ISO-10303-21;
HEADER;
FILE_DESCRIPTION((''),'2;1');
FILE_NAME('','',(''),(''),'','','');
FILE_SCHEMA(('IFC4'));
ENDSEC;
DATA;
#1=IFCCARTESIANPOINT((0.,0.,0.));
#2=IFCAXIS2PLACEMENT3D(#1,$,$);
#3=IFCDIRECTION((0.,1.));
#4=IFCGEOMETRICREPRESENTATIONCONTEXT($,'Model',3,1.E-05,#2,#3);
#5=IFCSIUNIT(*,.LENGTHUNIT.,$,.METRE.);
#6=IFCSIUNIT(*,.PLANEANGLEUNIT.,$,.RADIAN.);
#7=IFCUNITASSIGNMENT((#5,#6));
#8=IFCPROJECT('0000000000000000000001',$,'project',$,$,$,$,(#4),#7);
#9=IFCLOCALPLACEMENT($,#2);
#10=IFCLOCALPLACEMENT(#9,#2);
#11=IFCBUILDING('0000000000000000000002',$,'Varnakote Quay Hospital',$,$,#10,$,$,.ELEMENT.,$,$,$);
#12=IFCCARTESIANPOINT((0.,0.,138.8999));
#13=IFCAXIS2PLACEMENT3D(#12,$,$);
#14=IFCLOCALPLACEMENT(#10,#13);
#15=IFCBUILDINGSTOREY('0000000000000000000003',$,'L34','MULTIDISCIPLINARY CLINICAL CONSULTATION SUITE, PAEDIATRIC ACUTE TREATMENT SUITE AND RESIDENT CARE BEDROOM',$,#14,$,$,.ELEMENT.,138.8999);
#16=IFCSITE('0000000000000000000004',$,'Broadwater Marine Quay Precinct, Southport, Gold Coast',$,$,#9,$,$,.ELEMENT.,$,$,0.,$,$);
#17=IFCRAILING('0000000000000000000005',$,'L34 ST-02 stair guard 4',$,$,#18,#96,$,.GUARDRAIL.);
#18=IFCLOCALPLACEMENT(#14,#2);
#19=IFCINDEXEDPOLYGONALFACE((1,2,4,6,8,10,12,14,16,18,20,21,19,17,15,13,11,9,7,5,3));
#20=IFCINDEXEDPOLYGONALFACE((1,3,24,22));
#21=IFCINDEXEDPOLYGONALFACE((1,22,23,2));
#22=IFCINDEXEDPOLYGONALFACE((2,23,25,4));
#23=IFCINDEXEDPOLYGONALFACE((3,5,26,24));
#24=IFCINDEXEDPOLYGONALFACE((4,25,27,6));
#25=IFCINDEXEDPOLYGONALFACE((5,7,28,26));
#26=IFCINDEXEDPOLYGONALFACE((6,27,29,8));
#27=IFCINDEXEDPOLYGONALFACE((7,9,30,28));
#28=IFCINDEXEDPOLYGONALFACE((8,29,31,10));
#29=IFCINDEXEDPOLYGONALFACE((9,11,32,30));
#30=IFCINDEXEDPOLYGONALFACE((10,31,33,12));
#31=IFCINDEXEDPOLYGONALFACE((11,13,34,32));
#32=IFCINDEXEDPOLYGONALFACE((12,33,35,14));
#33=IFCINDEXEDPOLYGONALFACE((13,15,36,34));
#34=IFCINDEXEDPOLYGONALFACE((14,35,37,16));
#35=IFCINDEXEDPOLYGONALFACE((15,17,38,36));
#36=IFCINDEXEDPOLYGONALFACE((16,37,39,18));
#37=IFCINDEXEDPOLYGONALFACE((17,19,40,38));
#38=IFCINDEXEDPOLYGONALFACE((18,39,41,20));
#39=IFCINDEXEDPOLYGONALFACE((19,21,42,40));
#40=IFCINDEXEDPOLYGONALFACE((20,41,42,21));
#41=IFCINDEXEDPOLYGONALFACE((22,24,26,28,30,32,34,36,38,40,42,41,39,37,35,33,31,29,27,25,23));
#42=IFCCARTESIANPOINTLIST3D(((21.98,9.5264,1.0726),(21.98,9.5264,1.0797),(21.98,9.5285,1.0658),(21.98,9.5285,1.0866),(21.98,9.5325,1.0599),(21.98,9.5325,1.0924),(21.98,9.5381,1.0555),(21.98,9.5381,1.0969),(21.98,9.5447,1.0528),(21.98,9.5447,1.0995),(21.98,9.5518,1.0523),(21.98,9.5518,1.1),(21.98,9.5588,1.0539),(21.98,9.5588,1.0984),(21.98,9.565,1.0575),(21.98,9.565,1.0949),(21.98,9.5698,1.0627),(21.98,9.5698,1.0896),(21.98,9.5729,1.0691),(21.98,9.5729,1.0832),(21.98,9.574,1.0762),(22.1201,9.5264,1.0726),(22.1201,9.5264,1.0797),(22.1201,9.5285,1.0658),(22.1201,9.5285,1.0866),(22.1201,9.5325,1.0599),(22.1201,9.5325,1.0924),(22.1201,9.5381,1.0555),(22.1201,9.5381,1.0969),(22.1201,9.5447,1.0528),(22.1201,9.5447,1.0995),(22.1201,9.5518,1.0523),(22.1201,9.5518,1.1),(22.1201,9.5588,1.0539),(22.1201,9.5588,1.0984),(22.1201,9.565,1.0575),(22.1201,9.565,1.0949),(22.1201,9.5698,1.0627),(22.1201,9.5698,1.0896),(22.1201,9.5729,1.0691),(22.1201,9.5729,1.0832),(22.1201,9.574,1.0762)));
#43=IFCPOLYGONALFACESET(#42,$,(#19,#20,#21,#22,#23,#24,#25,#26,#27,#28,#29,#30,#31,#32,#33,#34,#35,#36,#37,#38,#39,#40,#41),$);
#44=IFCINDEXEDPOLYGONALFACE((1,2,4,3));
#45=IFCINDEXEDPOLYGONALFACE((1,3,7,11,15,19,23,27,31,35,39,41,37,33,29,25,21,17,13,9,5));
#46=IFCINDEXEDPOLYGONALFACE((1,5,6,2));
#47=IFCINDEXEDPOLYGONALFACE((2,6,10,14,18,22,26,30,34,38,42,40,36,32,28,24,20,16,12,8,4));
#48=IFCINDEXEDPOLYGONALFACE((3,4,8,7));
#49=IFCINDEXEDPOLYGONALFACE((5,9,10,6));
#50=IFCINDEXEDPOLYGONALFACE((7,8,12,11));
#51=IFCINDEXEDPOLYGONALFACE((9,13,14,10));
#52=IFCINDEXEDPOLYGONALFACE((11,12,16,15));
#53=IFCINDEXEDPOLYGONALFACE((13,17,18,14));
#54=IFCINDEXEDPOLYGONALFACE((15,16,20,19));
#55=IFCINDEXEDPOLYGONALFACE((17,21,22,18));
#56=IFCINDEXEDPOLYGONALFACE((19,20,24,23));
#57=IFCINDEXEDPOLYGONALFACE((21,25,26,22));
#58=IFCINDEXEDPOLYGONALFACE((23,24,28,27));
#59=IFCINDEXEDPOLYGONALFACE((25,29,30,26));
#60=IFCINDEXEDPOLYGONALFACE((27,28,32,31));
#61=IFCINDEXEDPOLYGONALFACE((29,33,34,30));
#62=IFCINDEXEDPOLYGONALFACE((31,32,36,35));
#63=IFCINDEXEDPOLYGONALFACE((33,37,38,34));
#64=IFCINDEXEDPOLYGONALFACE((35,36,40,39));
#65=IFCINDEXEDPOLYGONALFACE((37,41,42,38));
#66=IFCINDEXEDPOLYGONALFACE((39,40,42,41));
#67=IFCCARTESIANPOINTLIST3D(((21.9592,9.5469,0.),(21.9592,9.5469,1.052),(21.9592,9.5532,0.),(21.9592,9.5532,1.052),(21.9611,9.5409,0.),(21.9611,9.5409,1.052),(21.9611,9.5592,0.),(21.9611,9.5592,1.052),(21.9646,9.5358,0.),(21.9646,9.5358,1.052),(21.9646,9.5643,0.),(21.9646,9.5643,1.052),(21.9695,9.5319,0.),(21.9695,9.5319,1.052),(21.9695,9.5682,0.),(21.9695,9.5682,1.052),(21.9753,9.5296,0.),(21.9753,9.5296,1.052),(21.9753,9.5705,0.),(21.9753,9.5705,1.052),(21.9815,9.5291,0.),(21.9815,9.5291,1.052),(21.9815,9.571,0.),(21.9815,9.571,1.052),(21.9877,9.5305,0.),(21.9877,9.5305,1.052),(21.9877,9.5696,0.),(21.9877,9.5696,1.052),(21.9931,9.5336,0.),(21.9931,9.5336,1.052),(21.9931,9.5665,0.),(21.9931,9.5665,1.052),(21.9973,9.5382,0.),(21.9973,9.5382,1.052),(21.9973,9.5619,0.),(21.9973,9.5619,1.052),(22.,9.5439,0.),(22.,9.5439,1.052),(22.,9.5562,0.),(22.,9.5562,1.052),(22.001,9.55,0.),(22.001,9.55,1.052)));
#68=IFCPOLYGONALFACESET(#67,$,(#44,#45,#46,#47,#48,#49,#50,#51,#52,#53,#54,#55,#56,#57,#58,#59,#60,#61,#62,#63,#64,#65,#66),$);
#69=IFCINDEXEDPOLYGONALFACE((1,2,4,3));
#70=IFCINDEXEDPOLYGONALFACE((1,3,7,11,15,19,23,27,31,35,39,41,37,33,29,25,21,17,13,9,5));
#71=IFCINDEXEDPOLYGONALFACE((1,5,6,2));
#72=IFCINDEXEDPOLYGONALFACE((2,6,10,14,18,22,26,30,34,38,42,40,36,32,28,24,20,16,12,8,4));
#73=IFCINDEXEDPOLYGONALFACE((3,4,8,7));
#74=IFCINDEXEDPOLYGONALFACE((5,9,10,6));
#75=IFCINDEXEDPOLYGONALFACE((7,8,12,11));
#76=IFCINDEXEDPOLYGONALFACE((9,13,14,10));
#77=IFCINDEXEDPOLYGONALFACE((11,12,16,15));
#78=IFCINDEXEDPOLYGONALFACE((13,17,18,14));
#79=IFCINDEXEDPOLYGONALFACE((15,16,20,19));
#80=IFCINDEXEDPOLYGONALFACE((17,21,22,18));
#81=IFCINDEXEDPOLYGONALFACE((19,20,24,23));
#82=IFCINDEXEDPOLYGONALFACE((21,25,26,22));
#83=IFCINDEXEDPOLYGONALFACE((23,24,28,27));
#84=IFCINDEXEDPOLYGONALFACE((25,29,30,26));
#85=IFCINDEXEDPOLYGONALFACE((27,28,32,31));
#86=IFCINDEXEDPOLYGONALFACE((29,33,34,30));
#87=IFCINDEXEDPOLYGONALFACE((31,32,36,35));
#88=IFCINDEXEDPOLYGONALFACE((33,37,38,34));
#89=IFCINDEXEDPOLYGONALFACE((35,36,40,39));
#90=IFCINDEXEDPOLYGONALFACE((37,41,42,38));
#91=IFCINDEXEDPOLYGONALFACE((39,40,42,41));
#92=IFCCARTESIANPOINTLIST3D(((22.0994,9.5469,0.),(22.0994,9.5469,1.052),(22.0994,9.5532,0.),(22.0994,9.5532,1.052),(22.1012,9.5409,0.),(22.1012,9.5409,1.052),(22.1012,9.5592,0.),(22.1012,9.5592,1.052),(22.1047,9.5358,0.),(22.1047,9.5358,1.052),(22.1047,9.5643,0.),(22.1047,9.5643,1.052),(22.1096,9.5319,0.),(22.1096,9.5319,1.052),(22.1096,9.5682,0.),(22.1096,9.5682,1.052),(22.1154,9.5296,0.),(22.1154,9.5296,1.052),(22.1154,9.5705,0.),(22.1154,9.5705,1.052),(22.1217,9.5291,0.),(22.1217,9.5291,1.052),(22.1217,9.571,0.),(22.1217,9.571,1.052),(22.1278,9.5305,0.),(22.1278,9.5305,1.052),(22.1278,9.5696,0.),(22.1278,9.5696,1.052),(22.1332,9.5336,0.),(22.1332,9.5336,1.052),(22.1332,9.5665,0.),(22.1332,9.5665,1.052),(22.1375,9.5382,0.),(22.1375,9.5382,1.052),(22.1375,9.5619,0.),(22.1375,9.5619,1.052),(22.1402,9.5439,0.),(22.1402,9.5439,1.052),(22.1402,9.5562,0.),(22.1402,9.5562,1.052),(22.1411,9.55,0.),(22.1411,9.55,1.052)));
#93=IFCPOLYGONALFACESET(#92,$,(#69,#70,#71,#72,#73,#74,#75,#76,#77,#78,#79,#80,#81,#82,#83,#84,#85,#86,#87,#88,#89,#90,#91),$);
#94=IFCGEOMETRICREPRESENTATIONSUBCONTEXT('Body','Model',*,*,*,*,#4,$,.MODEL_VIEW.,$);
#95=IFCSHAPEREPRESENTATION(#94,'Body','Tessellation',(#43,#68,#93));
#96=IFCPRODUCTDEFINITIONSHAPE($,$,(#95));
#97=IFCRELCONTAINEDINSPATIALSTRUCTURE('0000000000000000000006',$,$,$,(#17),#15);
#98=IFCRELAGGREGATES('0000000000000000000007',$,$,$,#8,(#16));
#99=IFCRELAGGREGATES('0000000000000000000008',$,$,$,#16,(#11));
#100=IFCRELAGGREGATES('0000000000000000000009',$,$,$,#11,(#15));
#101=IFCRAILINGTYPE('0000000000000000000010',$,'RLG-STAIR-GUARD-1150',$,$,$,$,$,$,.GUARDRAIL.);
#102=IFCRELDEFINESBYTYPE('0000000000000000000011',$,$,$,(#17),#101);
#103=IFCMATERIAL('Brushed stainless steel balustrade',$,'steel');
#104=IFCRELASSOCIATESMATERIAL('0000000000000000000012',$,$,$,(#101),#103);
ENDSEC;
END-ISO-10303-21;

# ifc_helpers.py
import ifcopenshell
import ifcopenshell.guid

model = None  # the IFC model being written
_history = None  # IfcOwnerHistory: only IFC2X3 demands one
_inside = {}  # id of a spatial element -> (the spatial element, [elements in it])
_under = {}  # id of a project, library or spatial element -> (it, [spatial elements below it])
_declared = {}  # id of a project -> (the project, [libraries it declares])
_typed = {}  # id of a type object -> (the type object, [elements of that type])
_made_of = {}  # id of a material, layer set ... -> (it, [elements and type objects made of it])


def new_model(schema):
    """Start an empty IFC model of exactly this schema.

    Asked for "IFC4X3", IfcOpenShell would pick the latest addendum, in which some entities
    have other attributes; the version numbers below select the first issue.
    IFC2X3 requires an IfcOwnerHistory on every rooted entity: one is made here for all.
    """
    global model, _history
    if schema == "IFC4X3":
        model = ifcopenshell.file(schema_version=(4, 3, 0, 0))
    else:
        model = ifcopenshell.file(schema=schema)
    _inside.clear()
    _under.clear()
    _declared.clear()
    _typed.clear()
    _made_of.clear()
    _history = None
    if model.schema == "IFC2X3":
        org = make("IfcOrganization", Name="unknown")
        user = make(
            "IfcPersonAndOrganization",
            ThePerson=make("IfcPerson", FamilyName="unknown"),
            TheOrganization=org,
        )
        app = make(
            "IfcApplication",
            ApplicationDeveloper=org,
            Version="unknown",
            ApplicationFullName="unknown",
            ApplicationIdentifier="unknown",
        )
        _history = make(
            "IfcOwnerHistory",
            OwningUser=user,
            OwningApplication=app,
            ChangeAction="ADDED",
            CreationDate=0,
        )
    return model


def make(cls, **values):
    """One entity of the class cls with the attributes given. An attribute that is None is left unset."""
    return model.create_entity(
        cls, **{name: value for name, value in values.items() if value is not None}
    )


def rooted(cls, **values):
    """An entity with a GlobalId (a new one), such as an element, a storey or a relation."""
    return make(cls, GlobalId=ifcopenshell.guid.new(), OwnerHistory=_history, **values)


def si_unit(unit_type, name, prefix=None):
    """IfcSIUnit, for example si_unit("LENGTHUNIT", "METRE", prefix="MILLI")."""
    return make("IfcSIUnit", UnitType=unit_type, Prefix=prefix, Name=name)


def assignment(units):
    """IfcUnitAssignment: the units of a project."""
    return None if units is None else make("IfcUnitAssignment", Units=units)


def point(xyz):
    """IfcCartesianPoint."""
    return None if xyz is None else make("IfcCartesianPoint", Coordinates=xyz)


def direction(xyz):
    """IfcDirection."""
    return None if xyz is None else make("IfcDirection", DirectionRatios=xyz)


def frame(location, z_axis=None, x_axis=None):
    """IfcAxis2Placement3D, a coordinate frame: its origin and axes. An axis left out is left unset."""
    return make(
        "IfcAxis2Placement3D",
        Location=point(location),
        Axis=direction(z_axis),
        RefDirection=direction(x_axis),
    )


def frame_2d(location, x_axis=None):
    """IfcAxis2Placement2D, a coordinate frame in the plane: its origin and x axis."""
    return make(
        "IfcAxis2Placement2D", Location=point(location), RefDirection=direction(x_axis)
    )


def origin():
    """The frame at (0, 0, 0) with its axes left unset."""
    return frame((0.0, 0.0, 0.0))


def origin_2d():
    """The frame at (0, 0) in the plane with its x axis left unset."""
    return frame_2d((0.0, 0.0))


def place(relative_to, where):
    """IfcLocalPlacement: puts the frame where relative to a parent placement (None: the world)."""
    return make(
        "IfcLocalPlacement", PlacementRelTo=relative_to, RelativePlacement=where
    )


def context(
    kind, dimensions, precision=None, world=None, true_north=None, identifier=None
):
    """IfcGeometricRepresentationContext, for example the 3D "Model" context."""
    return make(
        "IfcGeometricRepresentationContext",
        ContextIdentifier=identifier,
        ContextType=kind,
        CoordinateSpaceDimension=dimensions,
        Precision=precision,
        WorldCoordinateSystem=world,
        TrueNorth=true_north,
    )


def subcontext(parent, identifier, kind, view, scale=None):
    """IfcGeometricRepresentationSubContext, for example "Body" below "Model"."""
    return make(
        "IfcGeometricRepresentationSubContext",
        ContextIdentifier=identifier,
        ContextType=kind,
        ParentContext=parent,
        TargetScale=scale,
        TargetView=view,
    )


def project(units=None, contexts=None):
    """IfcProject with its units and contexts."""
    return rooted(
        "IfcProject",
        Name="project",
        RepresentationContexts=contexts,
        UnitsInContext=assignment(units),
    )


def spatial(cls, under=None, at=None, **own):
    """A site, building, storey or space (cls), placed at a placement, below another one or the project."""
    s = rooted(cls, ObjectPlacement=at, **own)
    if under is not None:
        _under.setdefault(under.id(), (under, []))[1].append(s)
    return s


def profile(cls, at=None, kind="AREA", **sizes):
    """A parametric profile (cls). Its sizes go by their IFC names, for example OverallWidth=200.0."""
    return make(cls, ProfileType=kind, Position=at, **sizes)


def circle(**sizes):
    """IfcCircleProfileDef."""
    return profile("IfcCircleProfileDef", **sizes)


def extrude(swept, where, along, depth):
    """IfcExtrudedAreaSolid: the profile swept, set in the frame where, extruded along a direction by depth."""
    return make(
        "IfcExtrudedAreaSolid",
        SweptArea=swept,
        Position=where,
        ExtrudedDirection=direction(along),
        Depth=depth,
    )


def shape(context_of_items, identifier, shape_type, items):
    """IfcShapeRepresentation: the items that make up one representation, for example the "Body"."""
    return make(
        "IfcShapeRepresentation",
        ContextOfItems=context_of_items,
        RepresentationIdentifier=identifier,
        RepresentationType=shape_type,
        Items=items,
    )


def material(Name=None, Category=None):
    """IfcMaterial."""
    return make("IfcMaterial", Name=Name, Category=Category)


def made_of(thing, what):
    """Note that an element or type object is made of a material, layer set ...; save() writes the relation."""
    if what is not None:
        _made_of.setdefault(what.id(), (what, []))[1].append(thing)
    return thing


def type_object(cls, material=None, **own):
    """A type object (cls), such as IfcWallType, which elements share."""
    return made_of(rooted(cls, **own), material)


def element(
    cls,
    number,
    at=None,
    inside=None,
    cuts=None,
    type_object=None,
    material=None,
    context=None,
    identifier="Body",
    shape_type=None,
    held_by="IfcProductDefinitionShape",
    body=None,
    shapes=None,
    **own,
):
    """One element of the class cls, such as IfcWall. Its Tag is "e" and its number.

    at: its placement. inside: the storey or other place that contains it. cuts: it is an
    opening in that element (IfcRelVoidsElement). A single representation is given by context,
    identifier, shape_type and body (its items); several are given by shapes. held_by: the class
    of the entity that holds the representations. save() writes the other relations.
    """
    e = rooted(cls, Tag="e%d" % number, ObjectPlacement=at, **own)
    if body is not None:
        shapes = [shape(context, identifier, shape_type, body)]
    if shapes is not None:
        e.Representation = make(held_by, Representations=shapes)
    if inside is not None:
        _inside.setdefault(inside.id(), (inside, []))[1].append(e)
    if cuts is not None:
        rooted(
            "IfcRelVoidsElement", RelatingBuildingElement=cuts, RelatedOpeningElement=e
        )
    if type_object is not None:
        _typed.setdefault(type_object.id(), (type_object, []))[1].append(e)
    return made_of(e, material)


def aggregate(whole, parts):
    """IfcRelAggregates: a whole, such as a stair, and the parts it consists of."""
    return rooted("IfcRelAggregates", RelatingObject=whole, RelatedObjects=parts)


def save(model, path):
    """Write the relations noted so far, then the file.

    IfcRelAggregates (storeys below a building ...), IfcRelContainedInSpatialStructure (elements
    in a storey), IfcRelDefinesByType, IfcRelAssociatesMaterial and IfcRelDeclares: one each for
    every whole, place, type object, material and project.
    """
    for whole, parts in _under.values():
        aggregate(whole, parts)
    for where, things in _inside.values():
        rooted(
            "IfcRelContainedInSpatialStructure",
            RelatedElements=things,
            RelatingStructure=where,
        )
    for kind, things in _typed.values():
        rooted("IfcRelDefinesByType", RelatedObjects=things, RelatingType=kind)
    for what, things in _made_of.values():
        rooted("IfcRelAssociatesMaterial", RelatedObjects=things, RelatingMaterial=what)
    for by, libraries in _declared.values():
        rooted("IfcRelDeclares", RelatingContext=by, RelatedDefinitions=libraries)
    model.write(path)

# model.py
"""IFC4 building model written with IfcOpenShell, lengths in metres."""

from ifc_helpers import new_model, si_unit, direction, frame, origin, origin_2d, place, context, subcontext, project, spatial, circle, extrude, material, type_object, element, save


model = new_model("IFC4")

# Units and contexts
model_context = context("Model", 3, precision=1e-05, world=origin(), true_north=direction((0.0, 1.0)))
body_context = subcontext(model_context, "Body", "Model", "MODEL_VIEW")
ifc_project = project(units=[si_unit("LENGTHUNIT", "METRE"), si_unit("PLANEANGLEUNIT", "RADIAN")], contexts=[model_context])

# Site, building, storey
site_placement = place(None, origin())
site = spatial("IfcSite", under=ifc_project, at=site_placement, Name="Broadwater Marine Quay Precinct, Southport, Gold Coast", CompositionType="ELEMENT", RefElevation=0.0)
building_placement = place(site_placement, origin())
building = spatial("IfcBuilding", under=site, at=building_placement, Name="Varnakote Quay Hospital", CompositionType="ELEMENT")
storey_placement = place(building_placement, frame((0.0, 0.0, 138.8999)))
storey = spatial("IfcBuildingStorey", under=building, at=storey_placement, Name="L34", Description="MULTIDISCIPLINARY CLINICAL CONSULTATION SUITE, PAEDIATRIC ACUTE TREATMENT SUITE AND RESIDENT CARE BEDROOM", CompositionType="ELEMENT", Elevation=138.8999)

# Railing
ifc_material_1 = material(Name="Brushed stainless steel balustrade", Category="steel")
railing_type_1 = type_object("IfcRailingType", Name="RLG-STAIR-GUARD-1150", PredefinedType="GUARDRAIL", material=ifc_material_1)
railing_1_placement = place(storey_placement, frame((21.98, 9.55, 0.0)))
element("IfcRailing", 1, at=railing_1_placement, inside=storey, type_object=railing_type_1, Name="L34 ST-02 stair guard 4", PredefinedType="GUARDRAIL", context=body_context, shape_type="SweptSolid", body=[
    extrude(circle(Radius=0.0239, at=origin_2d()), frame((0.0, 0.0, 1.0762), z_axis=(1.0, 0.0, 0.0), x_axis=(0.0, 1.0, 0.0)), (0.0, 0.0, 1.0), 0.1401),
    extrude(circle(Radius=0.021, at=origin_2d()), origin(), (0.0, 0.0, 1.0), 1.052),
    extrude(circle(Radius=0.021, at=origin_2d()), frame((0.1401, 0.0, 0.0)), (0.0, 0.0, 1.0), 1.052),
])

save(model, "model.ifc")
